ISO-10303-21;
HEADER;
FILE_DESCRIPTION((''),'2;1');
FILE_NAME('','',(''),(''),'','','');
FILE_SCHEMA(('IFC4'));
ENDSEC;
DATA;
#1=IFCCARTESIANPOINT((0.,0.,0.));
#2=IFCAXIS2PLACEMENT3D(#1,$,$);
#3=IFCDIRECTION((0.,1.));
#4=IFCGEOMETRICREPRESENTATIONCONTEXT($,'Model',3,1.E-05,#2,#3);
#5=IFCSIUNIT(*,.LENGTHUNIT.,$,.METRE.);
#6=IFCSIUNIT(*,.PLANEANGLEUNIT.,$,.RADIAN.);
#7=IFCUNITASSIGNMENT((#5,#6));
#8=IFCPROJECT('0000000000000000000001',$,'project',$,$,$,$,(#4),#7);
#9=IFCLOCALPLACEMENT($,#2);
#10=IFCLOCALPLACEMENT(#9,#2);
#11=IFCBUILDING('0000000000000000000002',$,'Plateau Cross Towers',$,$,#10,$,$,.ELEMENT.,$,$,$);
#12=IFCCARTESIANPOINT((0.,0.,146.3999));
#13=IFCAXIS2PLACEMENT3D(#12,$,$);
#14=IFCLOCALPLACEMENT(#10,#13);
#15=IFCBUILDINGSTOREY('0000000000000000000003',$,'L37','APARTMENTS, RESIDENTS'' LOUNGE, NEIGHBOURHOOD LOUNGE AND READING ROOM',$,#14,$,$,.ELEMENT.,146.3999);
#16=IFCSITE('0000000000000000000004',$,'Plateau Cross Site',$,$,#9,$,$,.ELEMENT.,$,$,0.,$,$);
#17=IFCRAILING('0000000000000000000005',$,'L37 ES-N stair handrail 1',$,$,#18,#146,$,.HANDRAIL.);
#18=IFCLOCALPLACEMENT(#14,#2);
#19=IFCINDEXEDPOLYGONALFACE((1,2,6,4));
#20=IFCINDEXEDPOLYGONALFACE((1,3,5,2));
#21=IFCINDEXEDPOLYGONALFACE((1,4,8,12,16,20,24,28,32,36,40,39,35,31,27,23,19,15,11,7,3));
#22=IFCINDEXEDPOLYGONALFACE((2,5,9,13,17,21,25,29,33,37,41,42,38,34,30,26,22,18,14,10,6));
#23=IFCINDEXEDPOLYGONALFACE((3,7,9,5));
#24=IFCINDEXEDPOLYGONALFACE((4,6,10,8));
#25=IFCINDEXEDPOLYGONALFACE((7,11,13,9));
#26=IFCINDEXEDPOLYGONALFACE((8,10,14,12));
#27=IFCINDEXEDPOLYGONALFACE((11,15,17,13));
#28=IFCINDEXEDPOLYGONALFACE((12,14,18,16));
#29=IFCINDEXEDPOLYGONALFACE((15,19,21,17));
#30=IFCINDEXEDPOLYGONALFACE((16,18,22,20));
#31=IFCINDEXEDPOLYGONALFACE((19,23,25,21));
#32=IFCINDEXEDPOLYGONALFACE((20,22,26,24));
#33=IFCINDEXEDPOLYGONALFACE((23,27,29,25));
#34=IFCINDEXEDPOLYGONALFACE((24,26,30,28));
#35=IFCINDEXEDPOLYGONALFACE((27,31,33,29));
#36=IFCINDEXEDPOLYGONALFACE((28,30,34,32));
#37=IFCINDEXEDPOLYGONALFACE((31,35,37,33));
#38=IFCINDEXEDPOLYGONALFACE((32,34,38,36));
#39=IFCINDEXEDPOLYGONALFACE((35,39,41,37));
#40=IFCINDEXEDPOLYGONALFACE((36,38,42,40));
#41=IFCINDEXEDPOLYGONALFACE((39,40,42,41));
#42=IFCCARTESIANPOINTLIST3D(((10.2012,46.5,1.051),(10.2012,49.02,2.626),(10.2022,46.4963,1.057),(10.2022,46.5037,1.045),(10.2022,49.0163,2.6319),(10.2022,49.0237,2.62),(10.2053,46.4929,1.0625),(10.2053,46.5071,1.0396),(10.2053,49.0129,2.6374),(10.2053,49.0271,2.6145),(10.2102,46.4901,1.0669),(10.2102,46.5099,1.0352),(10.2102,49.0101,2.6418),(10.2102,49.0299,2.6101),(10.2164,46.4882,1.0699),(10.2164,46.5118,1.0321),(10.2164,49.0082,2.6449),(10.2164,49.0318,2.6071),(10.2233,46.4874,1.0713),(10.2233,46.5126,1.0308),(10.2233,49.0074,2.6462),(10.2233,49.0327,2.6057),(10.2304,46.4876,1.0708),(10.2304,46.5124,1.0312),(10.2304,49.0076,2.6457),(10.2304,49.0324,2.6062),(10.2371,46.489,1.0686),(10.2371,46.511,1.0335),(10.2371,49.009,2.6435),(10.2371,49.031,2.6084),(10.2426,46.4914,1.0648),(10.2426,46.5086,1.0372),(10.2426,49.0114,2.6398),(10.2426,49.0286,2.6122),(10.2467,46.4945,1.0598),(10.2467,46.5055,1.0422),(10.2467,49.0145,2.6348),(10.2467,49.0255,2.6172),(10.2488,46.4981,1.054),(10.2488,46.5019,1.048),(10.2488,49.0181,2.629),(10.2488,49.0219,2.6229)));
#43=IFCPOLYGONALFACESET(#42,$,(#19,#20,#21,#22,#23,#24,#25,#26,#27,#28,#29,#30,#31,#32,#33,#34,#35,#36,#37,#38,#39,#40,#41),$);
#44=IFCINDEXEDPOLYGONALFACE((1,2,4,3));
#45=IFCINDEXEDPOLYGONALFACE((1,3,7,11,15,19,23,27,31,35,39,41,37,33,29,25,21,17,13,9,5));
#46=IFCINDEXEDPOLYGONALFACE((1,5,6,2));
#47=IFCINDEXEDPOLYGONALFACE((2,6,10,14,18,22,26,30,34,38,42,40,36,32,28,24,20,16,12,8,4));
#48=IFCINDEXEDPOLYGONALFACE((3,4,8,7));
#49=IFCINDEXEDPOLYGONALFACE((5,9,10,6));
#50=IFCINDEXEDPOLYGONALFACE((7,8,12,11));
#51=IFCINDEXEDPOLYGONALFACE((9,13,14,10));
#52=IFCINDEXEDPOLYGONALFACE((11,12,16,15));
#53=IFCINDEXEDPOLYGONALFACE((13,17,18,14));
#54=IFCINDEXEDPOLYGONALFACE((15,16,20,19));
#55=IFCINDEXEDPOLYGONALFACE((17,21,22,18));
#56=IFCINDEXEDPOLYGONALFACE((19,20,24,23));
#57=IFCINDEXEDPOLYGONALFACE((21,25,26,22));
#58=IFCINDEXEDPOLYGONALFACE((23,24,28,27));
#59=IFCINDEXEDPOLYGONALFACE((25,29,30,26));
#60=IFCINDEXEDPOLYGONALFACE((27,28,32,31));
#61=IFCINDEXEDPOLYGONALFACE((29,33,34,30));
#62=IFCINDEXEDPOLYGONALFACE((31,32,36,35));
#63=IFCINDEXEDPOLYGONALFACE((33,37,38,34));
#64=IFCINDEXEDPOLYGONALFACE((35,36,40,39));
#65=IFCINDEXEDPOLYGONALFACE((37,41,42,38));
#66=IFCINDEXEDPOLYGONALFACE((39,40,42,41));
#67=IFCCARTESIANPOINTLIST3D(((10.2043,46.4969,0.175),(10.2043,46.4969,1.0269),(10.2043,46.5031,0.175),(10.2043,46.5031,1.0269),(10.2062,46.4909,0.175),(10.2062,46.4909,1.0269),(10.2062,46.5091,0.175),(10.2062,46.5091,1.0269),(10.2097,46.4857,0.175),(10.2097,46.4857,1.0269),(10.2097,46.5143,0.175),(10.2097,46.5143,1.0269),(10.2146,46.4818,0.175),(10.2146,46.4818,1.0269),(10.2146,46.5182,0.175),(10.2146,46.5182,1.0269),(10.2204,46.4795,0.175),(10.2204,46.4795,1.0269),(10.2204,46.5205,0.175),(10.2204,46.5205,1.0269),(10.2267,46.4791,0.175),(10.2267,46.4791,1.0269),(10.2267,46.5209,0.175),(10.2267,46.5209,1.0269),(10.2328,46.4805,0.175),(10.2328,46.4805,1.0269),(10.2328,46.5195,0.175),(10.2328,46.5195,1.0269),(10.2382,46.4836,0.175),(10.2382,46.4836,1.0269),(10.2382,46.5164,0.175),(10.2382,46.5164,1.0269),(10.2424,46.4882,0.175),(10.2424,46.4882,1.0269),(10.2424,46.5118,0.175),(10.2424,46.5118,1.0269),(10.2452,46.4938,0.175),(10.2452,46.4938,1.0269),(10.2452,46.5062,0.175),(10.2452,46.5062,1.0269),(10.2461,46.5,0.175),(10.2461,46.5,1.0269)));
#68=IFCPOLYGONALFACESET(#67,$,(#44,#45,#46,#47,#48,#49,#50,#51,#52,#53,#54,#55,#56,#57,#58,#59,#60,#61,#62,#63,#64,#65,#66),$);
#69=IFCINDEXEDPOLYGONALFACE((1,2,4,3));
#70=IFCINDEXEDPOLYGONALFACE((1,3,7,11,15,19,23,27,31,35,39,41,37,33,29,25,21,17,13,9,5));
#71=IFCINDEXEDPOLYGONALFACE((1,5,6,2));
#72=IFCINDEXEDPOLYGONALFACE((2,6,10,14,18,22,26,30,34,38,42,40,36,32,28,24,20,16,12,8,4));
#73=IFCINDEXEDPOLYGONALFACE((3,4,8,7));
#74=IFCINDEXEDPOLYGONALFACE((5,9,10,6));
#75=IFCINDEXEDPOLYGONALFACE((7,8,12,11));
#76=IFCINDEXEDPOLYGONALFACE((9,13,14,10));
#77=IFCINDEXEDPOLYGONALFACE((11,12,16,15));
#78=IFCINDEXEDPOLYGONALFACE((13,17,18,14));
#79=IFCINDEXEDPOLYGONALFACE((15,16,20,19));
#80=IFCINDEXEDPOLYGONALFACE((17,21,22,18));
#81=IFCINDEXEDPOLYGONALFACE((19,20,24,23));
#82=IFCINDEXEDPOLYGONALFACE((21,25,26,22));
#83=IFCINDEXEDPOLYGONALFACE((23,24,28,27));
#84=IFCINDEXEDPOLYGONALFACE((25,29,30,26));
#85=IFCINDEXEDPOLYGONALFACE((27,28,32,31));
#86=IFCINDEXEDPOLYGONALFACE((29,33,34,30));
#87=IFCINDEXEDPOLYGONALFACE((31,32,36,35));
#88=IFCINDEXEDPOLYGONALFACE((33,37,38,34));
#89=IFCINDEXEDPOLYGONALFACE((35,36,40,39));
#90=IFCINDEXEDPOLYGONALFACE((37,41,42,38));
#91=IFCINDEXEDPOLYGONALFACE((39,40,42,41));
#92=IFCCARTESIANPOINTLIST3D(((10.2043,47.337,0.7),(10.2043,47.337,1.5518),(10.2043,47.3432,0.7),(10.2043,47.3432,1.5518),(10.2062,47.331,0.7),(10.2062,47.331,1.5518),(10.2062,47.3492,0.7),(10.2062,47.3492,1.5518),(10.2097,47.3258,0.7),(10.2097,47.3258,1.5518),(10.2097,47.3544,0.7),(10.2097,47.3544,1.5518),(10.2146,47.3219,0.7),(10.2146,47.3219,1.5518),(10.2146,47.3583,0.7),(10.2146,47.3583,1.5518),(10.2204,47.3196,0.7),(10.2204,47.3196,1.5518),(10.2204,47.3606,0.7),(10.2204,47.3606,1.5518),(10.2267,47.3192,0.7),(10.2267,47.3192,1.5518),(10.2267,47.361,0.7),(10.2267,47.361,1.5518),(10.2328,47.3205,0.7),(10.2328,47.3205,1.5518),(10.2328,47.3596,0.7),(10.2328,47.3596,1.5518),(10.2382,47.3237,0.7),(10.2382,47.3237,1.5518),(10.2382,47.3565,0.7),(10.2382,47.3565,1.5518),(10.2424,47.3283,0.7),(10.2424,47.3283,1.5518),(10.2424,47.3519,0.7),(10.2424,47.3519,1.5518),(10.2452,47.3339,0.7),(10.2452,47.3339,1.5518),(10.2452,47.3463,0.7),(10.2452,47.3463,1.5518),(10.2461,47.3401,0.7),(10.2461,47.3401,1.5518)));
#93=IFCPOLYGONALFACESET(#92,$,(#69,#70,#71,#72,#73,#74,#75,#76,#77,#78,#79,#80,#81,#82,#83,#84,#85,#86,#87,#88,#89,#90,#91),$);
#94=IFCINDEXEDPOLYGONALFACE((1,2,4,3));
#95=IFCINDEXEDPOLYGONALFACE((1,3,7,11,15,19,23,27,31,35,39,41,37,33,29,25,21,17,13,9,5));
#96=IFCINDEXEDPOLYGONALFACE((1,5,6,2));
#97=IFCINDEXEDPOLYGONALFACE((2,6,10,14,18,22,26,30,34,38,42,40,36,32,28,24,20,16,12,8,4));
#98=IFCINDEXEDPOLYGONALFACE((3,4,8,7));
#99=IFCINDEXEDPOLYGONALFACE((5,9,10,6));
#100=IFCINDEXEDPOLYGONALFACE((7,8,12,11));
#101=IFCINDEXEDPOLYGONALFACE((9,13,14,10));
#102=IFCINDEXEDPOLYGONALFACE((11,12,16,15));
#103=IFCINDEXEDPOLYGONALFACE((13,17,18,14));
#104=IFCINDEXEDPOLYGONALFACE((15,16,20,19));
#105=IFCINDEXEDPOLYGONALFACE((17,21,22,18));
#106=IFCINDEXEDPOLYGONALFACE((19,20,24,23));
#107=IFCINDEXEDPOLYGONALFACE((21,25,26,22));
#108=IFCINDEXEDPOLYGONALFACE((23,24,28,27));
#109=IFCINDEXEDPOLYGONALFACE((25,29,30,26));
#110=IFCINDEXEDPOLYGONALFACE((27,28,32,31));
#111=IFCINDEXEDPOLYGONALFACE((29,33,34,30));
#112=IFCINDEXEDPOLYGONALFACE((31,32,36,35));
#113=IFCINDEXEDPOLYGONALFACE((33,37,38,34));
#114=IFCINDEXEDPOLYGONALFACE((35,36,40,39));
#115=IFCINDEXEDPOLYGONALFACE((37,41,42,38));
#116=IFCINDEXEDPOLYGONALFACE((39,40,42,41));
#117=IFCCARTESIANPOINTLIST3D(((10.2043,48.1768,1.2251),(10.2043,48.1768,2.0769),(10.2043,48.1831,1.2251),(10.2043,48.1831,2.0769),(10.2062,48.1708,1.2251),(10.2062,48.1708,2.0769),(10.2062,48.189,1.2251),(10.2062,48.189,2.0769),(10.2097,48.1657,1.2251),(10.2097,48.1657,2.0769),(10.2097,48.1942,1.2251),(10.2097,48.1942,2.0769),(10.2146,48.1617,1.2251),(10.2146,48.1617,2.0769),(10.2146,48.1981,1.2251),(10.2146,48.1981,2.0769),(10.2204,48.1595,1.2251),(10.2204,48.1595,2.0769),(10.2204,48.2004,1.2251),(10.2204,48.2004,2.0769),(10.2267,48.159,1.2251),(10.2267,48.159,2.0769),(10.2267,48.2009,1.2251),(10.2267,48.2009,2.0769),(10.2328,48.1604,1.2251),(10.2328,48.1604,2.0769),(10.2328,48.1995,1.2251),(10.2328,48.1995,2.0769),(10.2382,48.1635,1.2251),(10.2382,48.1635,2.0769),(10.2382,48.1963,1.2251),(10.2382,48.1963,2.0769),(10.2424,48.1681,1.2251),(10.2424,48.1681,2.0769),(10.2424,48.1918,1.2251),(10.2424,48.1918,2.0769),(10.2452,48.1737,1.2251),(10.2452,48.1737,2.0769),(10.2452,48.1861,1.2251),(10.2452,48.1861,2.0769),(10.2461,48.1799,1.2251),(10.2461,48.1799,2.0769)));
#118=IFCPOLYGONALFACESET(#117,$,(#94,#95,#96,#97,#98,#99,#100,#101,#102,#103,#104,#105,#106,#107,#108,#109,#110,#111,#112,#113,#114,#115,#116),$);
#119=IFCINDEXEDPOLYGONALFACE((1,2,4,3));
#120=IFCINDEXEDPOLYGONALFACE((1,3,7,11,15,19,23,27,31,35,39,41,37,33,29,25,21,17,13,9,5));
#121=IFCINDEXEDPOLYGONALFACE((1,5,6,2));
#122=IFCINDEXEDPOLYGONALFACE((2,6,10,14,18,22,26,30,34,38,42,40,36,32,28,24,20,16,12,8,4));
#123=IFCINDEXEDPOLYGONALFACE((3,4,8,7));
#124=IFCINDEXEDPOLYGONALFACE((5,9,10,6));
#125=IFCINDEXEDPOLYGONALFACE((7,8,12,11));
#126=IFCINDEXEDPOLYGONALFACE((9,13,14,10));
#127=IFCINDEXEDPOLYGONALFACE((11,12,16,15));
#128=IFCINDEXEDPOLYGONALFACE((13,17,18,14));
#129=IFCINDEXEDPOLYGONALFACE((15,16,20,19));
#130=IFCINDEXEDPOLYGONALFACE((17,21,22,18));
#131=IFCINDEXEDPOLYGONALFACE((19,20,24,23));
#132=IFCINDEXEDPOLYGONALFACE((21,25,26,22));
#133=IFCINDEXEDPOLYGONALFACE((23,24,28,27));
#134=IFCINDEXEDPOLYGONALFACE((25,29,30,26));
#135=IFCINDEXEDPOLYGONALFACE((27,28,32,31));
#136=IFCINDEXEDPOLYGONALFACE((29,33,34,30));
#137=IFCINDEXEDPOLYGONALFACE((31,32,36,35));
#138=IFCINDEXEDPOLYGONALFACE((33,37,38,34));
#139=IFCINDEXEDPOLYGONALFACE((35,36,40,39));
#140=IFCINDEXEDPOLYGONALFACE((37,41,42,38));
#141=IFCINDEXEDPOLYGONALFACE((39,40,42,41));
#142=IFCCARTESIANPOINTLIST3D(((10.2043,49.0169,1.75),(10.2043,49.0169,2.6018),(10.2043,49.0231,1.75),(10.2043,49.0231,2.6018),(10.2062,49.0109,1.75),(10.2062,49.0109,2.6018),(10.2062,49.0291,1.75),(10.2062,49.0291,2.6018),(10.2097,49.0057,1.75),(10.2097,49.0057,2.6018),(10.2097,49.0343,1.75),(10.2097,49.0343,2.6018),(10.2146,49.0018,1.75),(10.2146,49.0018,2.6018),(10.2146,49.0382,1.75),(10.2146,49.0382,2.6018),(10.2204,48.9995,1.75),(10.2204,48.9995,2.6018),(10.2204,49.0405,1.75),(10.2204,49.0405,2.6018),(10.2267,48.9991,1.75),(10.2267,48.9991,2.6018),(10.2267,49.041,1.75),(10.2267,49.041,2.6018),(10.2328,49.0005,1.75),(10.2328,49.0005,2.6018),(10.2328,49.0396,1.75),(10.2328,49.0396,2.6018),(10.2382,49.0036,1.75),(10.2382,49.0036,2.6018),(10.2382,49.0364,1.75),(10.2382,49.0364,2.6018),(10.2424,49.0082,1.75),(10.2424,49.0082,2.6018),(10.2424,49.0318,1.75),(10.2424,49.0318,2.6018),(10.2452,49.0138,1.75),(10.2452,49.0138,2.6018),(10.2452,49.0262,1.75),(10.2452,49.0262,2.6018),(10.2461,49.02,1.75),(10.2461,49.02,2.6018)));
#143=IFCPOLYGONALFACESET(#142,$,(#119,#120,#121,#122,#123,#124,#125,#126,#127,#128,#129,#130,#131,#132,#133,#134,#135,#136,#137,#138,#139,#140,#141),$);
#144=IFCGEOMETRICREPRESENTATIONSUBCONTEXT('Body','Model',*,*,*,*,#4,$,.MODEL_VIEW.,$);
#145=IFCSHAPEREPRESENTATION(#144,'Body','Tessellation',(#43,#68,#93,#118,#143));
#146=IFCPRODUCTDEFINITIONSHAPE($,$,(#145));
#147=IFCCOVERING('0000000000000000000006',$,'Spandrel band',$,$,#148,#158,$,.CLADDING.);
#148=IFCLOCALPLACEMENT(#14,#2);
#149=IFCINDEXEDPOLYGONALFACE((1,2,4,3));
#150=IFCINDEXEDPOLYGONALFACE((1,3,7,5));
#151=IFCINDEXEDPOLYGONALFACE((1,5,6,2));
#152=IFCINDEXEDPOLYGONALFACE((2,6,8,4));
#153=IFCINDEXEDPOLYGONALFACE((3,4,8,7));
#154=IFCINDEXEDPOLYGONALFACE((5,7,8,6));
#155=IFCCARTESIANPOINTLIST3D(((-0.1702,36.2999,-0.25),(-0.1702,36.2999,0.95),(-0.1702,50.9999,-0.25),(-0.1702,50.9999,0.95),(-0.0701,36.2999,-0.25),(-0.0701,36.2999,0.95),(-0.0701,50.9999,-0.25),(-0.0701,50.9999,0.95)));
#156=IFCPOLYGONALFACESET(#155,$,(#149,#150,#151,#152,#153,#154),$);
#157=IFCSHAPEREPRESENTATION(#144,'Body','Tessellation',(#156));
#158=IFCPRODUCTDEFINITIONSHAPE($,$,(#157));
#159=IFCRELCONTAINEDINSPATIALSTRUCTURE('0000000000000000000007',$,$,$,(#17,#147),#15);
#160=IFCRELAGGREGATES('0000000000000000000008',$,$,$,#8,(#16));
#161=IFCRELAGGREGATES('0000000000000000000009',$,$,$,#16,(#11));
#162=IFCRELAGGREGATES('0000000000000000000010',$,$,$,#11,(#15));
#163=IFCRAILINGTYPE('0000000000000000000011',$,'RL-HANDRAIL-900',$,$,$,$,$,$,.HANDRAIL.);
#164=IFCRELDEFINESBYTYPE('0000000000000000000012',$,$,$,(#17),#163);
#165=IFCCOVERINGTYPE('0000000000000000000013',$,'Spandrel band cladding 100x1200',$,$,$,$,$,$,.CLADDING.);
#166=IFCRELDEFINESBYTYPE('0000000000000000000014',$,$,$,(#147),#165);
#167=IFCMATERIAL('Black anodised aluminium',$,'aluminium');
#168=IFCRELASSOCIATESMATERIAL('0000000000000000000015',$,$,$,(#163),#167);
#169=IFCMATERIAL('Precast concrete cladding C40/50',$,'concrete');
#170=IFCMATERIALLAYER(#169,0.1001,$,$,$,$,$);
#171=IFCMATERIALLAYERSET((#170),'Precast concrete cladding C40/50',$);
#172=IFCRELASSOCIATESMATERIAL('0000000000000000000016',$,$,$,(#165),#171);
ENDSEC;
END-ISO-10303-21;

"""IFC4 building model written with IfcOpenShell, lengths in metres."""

from ifc_helpers import new_model, si_unit, direction, frame, origin, origin_2d, place, context, subcontext, project, spatial, rectangle, circle, extrude, material, layer, layer_set, type_object, element, save


model = new_model("IFC4")

# Units and contexts
model_context = context("Model", 3, precision=1e-05, world=origin(), true_north=direction((0.0, 1.0)))
body_context = subcontext(model_context, "Body", "Model", "MODEL_VIEW")
ifc_project = project(units=[si_unit("LENGTHUNIT", "METRE"), si_unit("PLANEANGLEUNIT", "RADIAN")], contexts=[model_context])

# Site, building, storey
site_placement = place(None, origin())
site = spatial("IfcSite", under=ifc_project, at=site_placement, Name="Plateau Cross Site", CompositionType="ELEMENT", RefElevation=0.0)
building_placement = place(site_placement, origin())
building = spatial("IfcBuilding", under=site, at=building_placement, Name="Plateau Cross Towers", CompositionType="ELEMENT")
storey_placement = place(building_placement, frame((0.0, 0.0, 146.3999)))
storey = spatial("IfcBuildingStorey", under=building, at=storey_placement, Name="L37", Description="APARTMENTS, RESIDENTS' LOUNGE, NEIGHBOURHOOD LOUNGE AND READING ROOM", CompositionType="ELEMENT", Elevation=146.3999)

# Shared definitions
ifc_material_1 = material(Name="Black anodised aluminium", Category="aluminium")

# Railing
railing_type_1 = type_object("IfcRailingType", Name="RL-HANDRAIL-900", PredefinedType="HANDRAIL", material=ifc_material_1)
railing_1_placement = place(storey_placement, frame((10.2251, 46.5, 0.175)))
element("IfcRailing", 1, at=railing_1_placement, inside=storey, type_object=railing_type_1, Name="L37 ES-N stair handrail 1", PredefinedType="HANDRAIL", context=body_context, shape_type="SweptSolid", body=[
    extrude(circle(Radius=0.0239, at=origin_2d()), frame((0.0, 0.0, 0.876), z_axis=(0.0, 0.848008, 0.529984), x_axis=(-1.0, 0.0, 0.0)), (0.0, 0.0, 1.0), 2.9717),
    extrude(circle(Radius=0.021, at=origin_2d()), origin(), (0.0, 0.0, 1.0), 0.8518),
    extrude(circle(Radius=0.021, at=origin_2d()), frame((0.0, 0.8401, 0.5249)), (0.0, 0.0, 1.0), 0.8518),
    extrude(circle(Radius=0.021, at=origin_2d()), frame((0.0, 1.6799, 1.05)), (0.0, 0.0, 1.0), 0.8518),
    extrude(circle(Radius=0.021, at=origin_2d()), frame((0.0, 2.52, 1.575)), (0.0, 0.0, 1.0), 0.8518),
])

# Covering
ifc_material_2 = material(Name="Precast concrete cladding C40/50", Category="concrete")
ifc_layer_1 = layer(ifc_material_2, 0.1001)
ifc_layer_set_1 = layer_set([ifc_layer_1], Name="Precast concrete cladding C40/50")
covering_type = type_object("IfcCoveringType", Name="Spandrel band cladding 100x1200", PredefinedType="CLADDING", material=ifc_layer_set_1)
covering_placement = place(storey_placement, frame((-0.1201, 43.6499, -0.25), z_axis=(0.0, 0.0, 1.0), x_axis=(0.0, -1.0, 0.0)))
element("IfcCovering", 2, at=covering_placement, inside=storey, type_object=covering_type, Name="Spandrel band", PredefinedType="CLADDING", context=body_context, shape_type="SweptSolid", body=[
    extrude(rectangle(XDim=14.7, YDim=0.1001, at=origin_2d()), origin(), (0.0, 0.0, 1.0), 1.2),
])

save(model, "model.ifc")
